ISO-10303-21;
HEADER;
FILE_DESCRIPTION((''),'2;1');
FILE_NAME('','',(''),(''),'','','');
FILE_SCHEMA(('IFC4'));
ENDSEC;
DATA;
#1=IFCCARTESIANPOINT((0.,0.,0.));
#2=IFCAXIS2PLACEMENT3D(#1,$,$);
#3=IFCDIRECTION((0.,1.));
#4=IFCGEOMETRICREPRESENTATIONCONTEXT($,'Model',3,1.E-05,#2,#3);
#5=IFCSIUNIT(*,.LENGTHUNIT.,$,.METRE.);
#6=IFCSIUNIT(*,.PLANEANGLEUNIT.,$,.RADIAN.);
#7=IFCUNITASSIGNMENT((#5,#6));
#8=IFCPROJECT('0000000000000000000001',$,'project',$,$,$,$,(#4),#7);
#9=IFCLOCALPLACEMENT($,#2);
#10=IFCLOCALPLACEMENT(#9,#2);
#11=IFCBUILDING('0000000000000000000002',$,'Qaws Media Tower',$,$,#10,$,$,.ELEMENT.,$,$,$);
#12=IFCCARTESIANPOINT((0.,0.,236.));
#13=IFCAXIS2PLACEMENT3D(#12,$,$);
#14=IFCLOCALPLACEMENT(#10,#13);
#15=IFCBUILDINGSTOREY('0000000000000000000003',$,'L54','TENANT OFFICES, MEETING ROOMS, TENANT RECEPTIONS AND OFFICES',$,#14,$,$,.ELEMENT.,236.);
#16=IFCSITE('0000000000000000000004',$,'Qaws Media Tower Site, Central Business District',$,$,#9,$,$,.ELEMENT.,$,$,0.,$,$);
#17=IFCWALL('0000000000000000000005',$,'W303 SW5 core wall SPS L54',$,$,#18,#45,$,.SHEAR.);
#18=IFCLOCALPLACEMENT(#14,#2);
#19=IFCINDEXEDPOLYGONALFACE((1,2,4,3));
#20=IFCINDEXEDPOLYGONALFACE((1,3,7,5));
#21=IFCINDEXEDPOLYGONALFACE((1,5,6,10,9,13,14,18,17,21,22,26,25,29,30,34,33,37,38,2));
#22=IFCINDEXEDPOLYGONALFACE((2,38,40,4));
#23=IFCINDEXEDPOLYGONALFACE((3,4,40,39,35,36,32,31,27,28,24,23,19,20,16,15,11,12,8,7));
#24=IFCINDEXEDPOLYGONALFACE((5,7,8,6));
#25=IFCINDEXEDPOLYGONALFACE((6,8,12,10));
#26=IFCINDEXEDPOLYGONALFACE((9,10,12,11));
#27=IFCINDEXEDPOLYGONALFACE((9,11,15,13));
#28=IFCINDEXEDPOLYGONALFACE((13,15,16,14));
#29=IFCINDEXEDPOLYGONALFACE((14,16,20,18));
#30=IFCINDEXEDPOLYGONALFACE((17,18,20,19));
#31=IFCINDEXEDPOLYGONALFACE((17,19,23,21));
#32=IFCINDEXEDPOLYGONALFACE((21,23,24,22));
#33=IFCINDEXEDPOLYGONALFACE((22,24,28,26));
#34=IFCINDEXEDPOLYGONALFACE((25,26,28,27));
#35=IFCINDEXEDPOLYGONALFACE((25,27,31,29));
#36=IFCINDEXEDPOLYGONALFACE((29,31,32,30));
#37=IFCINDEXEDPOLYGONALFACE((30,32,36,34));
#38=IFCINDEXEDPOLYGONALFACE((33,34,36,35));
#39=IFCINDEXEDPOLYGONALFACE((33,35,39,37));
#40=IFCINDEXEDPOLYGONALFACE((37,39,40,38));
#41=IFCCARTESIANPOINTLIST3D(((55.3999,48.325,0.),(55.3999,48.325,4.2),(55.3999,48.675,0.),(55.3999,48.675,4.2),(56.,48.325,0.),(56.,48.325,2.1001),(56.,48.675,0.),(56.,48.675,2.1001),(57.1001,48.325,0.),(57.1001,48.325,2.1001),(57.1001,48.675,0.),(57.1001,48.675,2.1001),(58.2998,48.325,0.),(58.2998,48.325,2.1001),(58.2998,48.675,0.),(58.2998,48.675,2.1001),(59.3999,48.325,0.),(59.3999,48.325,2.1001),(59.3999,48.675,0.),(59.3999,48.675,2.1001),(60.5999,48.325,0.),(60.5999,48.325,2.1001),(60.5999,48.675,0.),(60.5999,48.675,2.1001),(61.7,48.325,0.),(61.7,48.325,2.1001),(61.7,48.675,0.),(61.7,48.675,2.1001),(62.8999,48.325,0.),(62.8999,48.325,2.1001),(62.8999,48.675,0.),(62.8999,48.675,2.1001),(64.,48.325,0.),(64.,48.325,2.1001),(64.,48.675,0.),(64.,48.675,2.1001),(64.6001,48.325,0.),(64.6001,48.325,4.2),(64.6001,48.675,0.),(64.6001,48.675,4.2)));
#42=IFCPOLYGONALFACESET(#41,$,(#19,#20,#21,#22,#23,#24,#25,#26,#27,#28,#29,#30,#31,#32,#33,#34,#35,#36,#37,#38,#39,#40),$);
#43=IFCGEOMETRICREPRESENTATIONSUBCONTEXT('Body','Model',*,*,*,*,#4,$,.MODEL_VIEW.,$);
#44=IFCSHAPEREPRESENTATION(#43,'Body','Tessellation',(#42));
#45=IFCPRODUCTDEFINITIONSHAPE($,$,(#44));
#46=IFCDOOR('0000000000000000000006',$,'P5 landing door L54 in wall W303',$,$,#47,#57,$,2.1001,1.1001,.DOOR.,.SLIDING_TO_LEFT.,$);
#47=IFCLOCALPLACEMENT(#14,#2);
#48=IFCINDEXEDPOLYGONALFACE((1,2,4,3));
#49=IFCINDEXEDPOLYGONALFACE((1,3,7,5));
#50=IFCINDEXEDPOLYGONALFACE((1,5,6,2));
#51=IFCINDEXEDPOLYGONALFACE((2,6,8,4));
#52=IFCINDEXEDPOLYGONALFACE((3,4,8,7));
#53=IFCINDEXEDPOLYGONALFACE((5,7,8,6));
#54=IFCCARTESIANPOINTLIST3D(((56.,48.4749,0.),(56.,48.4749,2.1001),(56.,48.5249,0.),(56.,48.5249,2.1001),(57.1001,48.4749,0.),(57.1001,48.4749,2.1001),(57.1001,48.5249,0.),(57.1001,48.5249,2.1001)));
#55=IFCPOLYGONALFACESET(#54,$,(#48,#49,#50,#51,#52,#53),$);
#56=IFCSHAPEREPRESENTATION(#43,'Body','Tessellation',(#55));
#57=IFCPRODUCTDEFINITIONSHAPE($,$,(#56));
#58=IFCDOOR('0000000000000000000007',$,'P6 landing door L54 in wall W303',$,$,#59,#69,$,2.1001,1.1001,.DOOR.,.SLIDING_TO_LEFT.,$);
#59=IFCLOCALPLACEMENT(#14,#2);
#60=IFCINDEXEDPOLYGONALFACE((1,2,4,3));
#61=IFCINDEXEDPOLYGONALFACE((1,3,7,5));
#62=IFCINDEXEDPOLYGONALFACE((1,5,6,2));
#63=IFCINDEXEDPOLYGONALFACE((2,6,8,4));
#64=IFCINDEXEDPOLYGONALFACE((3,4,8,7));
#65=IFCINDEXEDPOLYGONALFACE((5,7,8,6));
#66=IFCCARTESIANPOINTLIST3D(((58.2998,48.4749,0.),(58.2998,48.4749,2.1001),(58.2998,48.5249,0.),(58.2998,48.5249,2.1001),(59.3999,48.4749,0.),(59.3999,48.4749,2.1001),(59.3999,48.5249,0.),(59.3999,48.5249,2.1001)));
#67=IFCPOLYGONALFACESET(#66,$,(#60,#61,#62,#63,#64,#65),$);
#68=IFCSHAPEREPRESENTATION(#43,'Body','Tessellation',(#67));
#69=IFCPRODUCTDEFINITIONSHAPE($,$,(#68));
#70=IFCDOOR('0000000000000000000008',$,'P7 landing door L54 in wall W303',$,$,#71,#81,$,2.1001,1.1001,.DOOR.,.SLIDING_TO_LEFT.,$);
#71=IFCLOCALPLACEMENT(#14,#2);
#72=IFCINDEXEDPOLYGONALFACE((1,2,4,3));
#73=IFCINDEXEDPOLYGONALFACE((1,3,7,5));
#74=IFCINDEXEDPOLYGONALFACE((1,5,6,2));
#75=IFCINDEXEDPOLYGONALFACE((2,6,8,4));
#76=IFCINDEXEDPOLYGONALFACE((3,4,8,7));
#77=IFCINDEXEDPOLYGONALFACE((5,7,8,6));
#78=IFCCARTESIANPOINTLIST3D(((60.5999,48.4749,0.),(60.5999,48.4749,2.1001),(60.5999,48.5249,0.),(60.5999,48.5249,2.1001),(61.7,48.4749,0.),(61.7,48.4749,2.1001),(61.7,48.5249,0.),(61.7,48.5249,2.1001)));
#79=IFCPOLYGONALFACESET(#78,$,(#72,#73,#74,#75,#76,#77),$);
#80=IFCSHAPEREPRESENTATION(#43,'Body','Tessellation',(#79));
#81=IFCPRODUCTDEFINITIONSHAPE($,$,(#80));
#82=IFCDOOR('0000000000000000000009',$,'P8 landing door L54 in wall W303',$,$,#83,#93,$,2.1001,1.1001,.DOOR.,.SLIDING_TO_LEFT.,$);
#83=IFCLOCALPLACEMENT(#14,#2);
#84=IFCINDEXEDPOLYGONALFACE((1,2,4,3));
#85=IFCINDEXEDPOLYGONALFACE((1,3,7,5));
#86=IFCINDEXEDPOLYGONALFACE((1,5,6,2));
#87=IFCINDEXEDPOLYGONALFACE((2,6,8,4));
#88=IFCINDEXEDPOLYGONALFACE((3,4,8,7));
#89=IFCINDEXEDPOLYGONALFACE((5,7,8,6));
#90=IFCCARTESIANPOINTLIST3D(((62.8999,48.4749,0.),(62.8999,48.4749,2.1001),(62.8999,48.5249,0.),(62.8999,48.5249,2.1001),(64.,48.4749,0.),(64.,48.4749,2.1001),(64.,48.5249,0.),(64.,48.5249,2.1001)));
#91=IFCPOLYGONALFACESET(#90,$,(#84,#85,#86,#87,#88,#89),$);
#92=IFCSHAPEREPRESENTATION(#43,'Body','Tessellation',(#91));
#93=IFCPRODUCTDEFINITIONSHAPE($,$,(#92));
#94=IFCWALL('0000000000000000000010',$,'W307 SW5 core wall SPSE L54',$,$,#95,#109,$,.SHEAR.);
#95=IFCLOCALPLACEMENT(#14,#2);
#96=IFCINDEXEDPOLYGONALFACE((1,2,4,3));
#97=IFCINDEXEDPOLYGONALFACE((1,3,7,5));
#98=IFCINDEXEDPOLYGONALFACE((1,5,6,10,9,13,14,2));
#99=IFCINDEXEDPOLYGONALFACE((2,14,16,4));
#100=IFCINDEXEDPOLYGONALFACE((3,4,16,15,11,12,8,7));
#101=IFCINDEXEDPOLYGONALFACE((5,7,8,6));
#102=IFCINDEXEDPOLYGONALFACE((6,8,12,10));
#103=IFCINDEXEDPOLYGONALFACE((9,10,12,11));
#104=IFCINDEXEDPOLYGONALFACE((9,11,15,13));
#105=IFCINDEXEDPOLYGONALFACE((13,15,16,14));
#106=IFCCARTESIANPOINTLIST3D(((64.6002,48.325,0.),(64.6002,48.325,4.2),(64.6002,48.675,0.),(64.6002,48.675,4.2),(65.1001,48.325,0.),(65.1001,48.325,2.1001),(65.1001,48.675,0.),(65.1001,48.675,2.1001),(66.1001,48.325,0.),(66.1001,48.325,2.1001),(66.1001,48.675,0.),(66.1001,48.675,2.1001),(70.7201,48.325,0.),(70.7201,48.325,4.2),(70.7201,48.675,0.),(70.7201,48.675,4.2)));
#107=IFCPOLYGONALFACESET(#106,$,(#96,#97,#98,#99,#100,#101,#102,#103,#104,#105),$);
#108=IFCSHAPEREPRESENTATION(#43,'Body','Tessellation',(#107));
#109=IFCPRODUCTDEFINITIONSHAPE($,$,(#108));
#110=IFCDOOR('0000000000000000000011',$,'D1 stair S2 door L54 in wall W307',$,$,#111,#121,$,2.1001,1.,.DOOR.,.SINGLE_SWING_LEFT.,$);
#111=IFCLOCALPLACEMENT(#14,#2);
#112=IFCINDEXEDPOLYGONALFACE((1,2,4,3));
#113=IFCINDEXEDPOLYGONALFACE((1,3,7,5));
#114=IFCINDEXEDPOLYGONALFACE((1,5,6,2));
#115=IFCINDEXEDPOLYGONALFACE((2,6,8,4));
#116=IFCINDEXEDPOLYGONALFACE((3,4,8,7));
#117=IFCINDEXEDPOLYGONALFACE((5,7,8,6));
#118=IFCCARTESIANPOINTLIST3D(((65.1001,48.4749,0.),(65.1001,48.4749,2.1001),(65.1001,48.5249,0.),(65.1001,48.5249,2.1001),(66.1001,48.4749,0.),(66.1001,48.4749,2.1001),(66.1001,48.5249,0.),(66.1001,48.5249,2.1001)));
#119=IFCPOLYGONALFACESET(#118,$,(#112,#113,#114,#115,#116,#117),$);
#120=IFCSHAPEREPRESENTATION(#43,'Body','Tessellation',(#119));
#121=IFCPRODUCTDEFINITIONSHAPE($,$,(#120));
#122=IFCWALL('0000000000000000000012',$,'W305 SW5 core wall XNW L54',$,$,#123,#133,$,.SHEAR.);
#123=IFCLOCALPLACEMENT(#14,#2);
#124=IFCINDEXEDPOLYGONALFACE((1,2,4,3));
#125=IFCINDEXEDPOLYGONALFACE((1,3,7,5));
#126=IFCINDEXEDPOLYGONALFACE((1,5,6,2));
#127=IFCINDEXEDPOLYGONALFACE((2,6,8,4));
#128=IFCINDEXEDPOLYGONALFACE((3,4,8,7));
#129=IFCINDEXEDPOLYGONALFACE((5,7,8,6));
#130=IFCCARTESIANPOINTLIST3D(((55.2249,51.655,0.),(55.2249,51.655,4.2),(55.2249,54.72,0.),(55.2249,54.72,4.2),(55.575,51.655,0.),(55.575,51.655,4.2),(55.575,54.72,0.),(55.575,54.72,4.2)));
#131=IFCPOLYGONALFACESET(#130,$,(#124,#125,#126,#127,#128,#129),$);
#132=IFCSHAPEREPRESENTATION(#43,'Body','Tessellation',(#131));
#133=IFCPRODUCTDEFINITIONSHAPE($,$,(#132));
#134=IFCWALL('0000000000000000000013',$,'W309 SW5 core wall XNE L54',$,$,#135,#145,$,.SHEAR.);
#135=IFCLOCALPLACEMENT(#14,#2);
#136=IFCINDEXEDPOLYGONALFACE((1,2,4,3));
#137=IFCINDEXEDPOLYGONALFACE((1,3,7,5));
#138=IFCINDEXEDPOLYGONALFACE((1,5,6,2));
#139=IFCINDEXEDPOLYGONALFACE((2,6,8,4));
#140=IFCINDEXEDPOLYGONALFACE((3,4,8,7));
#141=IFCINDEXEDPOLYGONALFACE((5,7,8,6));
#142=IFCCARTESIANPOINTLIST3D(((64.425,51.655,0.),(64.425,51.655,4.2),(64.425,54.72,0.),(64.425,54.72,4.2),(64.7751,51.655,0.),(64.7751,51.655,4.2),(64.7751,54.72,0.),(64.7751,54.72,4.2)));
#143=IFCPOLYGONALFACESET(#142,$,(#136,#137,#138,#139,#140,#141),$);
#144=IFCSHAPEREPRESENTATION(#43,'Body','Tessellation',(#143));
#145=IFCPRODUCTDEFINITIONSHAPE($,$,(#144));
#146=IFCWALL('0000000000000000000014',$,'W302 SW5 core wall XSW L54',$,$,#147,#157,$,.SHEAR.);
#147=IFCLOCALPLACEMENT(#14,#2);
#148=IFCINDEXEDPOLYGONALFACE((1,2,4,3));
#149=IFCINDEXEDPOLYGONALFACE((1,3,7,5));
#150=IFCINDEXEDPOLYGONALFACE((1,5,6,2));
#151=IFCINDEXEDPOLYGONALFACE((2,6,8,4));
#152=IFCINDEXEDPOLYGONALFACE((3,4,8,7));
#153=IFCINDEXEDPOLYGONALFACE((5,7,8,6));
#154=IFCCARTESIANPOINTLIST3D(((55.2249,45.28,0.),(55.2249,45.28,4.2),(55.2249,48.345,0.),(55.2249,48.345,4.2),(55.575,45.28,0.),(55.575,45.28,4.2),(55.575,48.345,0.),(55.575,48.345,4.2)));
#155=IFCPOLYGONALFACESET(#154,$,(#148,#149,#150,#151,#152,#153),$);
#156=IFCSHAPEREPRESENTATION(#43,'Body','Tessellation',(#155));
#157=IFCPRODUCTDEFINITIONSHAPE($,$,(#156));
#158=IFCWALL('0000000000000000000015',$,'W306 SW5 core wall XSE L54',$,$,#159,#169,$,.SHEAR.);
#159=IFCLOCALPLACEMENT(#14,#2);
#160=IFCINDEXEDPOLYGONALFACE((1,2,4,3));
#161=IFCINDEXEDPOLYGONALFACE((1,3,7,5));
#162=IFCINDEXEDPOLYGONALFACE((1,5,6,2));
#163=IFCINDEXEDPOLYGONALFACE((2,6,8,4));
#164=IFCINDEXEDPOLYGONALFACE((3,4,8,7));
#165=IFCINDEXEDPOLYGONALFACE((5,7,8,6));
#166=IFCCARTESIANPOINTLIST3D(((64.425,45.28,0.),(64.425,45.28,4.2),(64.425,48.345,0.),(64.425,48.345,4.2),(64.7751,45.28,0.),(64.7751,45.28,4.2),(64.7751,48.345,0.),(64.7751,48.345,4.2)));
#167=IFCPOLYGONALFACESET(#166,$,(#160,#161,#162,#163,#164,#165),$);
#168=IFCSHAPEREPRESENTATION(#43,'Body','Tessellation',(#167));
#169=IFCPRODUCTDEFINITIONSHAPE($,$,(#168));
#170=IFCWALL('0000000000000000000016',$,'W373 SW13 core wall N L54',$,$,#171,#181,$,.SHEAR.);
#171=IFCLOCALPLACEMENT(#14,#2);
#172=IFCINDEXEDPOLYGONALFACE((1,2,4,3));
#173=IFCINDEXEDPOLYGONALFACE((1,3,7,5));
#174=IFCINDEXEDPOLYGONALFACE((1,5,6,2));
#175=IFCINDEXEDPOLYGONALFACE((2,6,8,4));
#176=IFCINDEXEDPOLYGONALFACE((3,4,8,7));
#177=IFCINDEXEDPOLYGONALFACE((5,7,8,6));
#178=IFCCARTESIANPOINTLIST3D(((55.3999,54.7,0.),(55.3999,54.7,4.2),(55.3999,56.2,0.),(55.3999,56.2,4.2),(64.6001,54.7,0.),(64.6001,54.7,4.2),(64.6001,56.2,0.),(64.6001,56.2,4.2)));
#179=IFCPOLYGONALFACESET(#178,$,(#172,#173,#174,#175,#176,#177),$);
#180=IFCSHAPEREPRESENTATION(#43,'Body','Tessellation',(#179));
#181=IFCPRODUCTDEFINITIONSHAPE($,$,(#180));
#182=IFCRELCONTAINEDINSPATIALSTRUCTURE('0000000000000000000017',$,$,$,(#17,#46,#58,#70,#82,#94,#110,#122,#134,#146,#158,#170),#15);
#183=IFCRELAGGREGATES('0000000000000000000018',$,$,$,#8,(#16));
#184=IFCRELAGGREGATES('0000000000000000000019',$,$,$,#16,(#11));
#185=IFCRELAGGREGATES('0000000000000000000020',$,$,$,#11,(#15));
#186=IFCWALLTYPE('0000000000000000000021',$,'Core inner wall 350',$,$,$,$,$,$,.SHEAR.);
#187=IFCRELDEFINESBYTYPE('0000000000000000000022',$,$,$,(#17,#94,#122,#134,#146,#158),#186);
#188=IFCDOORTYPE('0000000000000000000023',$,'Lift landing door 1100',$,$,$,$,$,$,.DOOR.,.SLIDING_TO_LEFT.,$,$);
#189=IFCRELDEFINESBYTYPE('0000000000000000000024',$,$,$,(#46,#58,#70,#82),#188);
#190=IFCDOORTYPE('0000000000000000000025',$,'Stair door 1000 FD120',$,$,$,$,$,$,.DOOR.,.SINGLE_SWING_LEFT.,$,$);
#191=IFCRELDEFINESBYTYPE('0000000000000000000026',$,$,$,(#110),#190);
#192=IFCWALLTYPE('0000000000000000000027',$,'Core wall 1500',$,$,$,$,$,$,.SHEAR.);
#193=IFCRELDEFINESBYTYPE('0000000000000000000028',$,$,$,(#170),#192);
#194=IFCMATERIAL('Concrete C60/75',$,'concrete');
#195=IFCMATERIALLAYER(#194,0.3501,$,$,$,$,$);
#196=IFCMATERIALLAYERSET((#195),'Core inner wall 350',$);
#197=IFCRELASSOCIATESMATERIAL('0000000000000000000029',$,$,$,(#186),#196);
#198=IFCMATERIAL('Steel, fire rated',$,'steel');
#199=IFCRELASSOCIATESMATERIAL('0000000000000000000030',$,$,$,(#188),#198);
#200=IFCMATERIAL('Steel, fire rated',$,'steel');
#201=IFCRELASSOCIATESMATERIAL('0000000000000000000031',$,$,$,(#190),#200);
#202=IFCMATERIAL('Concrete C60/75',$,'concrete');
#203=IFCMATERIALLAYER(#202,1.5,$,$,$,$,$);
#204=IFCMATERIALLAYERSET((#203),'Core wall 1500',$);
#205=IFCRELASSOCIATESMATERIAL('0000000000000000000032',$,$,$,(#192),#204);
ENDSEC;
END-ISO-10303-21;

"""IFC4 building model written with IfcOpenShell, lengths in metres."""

from ifc_helpers import new_model, si_unit, direction, frame, frame_2d, origin, place, context, subcontext, project, spatial, rectangle, extrude, material, layer, layer_set, type_object, element, fill, save


model = new_model("IFC4")

# Units and contexts
model_context = context("Model", 3, precision=1e-05, world=origin(), true_north=direction((0.0, 1.0)))
body_context = subcontext(model_context, "Body", "Model", "MODEL_VIEW")
ifc_project = project(units=[si_unit("LENGTHUNIT", "METRE"), si_unit("PLANEANGLEUNIT", "RADIAN")], contexts=[model_context])

# Site, building, storey
site_placement = place(None, origin())
site = spatial("IfcSite", under=ifc_project, at=site_placement, Name="Qaws Media Tower Site, Central Business District", CompositionType="ELEMENT", RefElevation=0.0)
building_placement = place(site_placement, origin())
building = spatial("IfcBuilding", under=site, at=building_placement, Name="Qaws Media Tower", CompositionType="ELEMENT")
storey_placement = place(building_placement, frame((0.0, 0.0, 236.0)))
storey = spatial("IfcBuildingStorey", under=building, at=storey_placement, Name="L54", Description="TENANT OFFICES, MEETING ROOMS, TENANT RECEPTIONS AND OFFICES", CompositionType="ELEMENT", Elevation=236.0)

# Wall, openings, doors
ifc_material_1 = material(Name="Concrete C60/75", Category="concrete")
ifc_layer_1 = layer(ifc_material_1, 0.3501)
ifc_layer_set_1 = layer_set([ifc_layer_1], Name="Core inner wall 350")
wall_type_1 = type_object("IfcWallType", Name="Core inner wall 350", PredefinedType="SHEAR", material=ifc_layer_set_1)
wall_1_placement = place(storey_placement, frame((55.3999, 48.5, 0.0), z_axis=(0.0, 0.0, 1.0), x_axis=(1.0, 0.0, 0.0)))
wall_1 = element("IfcWall", 1, at=wall_1_placement, inside=storey, type_object=wall_type_1, Name="W303 SW5 core wall SPS L54", PredefinedType="SHEAR", context=body_context, shape_type="SweptSolid", body=[
    extrude(rectangle(XDim=9.2002, YDim=0.3501, at=frame_2d((4.6001, 0.0))), origin(), (0.0, 0.0, 1.0), 4.2),
])
opening_1_placement = place(wall_1_placement, frame((0.6001, 0.0, 0.0)))
opening_1 = element("IfcOpeningElement", 2, at=opening_1_placement, cuts=wall_1, PredefinedType="OPENING", context=body_context, shape_type="SweptSolid", body=[
    extrude(rectangle(XDim=1.1001, YDim=2.1001, at=frame_2d((0.55, 1.05))), frame((0.0, 0.1851, 0.0), z_axis=(0.0, -1.0, 0.0), x_axis=(1.0, 0.0, 0.0)), (0.0, 0.0, 1.0), 0.3701),
])
opening_2_placement = place(wall_1_placement, frame((2.8999, 0.0, 0.0)))
opening_2 = element("IfcOpeningElement", 3, at=opening_2_placement, cuts=wall_1, PredefinedType="OPENING", context=body_context, shape_type="SweptSolid", body=[
    extrude(rectangle(XDim=1.1001, YDim=2.1001, at=frame_2d((0.55, 1.05))), frame((0.0, 0.1851, 0.0), z_axis=(0.0, -1.0, 0.0), x_axis=(1.0, 0.0, 0.0)), (0.0, 0.0, 1.0), 0.3701),
])
opening_3_placement = place(wall_1_placement, frame((5.2, 0.0, 0.0)))
opening_3 = element("IfcOpeningElement", 4, at=opening_3_placement, cuts=wall_1, PredefinedType="OPENING", context=body_context, shape_type="SweptSolid", body=[
    extrude(rectangle(XDim=1.1001, YDim=2.1001, at=frame_2d((0.55, 1.05))), frame((0.0, 0.1851, 0.0), z_axis=(0.0, -1.0, 0.0), x_axis=(1.0, 0.0, 0.0)), (0.0, 0.0, 1.0), 0.3701),
])
opening_4_placement = place(wall_1_placement, frame((7.5, 0.0, 0.0)))
opening_4 = element("IfcOpeningElement", 5, at=opening_4_placement, cuts=wall_1, PredefinedType="OPENING", context=body_context, shape_type="SweptSolid", body=[
    extrude(rectangle(XDim=1.1001, YDim=2.1001, at=frame_2d((0.55, 1.05))), frame((0.0, 0.1851, 0.0), z_axis=(0.0, -1.0, 0.0), x_axis=(1.0, 0.0, 0.0)), (0.0, 0.0, 1.0), 0.3701),
])
ifc_material_2 = material(Name="Steel, fire rated", Category="steel")
door_type_1 = type_object("IfcDoorType", Name="Lift landing door 1100", OperationType="SLIDING_TO_LEFT", PredefinedType="DOOR", material=ifc_material_2)
door_1_placement = place(opening_1_placement, origin())
door_1 = element("IfcDoor", 6, at=door_1_placement, inside=storey, type_object=door_type_1, Name="P5 landing door L54 in wall W303", OperationType="SLIDING_TO_LEFT", OverallHeight=2.1001, OverallWidth=1.1001, PredefinedType="DOOR", context=body_context, shape_type="SweptSolid", body=[
    extrude(rectangle(XDim=1.1001, YDim=2.1001, at=frame_2d((0.55, 1.05))), frame((0.0, 0.0249, 0.0), z_axis=(0.0, -1.0, 0.0), x_axis=(1.0, 0.0, 0.0)), (0.0, 0.0, 1.0), 0.05),
])
fill(opening_1, door_1)
door_2_placement = place(opening_2_placement, origin())
door_2 = element("IfcDoor", 7, at=door_2_placement, inside=storey, type_object=door_type_1, Name="P6 landing door L54 in wall W303", OperationType="SLIDING_TO_LEFT", OverallHeight=2.1001, OverallWidth=1.1001, PredefinedType="DOOR", context=body_context, shape_type="SweptSolid", body=[
    extrude(rectangle(XDim=1.1001, YDim=2.1001, at=frame_2d((0.55, 1.05))), frame((0.0, 0.0249, 0.0), z_axis=(0.0, -1.0, 0.0), x_axis=(1.0, 0.0, 0.0)), (0.0, 0.0, 1.0), 0.05),
])
fill(opening_2, door_2)
door_3_placement = place(opening_3_placement, origin())
door_3 = element("IfcDoor", 8, at=door_3_placement, inside=storey, type_object=door_type_1, Name="P7 landing door L54 in wall W303", OperationType="SLIDING_TO_LEFT", OverallHeight=2.1001, OverallWidth=1.1001, PredefinedType="DOOR", context=body_context, shape_type="SweptSolid", body=[
    extrude(rectangle(XDim=1.1001, YDim=2.1001, at=frame_2d((0.55, 1.05))), frame((0.0, 0.0249, 0.0), z_axis=(0.0, -1.0, 0.0), x_axis=(1.0, 0.0, 0.0)), (0.0, 0.0, 1.0), 0.05),
])
fill(opening_3, door_3)
door_4_placement = place(opening_4_placement, origin())
door_4 = element("IfcDoor", 9, at=door_4_placement, inside=storey, type_object=door_type_1, Name="P8 landing door L54 in wall W303", OperationType="SLIDING_TO_LEFT", OverallHeight=2.1001, OverallWidth=1.1001, PredefinedType="DOOR", context=body_context, shape_type="SweptSolid", body=[
    extrude(rectangle(XDim=1.1001, YDim=2.1001, at=frame_2d((0.55, 1.05))), frame((0.0, 0.0249, 0.0), z_axis=(0.0, -1.0, 0.0), x_axis=(1.0, 0.0, 0.0)), (0.0, 0.0, 1.0), 0.05),
])
fill(opening_4, door_4)

# Wall, opening, door
wall_2_placement = place(storey_placement, frame((64.6001, 48.5, 0.0), z_axis=(0.0, 0.0, 1.0), x_axis=(1.0, 0.0, 0.0)))
wall_2 = element("IfcWall", 10, at=wall_2_placement, inside=storey, type_object=wall_type_1, Name="W307 SW5 core wall SPSE L54", PredefinedType="SHEAR", context=body_context, shape_type="SweptSolid", body=[
    extrude(rectangle(XDim=6.1199, YDim=0.3501, at=frame_2d((3.0601, 0.0))), origin(), (0.0, 0.0, 1.0), 4.2),
])
opening_5_placement = place(wall_2_placement, frame((0.5, 0.0, 0.0)))
opening_5 = element("IfcOpeningElement", 11, at=opening_5_placement, cuts=wall_2, PredefinedType="OPENING", context=body_context, shape_type="SweptSolid", body=[
    extrude(rectangle(XDim=1.0, YDim=2.1001, at=frame_2d((0.5, 1.05))), frame((0.0, 0.1851, 0.0), z_axis=(0.0, -1.0, 0.0), x_axis=(1.0, 0.0, 0.0)), (0.0, 0.0, 1.0), 0.3701),
])
ifc_material_3 = material(Name="Steel, fire rated", Category="steel")
door_type_2 = type_object("IfcDoorType", Name="Stair door 1000 FD120", OperationType="SINGLE_SWING_LEFT", PredefinedType="DOOR", material=ifc_material_3)
door_5_placement = place(opening_5_placement, origin())
door_5 = element("IfcDoor", 12, at=door_5_placement, inside=storey, type_object=door_type_2, Name="D1 stair S2 door L54 in wall W307", OperationType="SINGLE_SWING_LEFT", OverallHeight=2.1001, OverallWidth=1.0, PredefinedType="DOOR", context=body_context, shape_type="SweptSolid", body=[
    extrude(rectangle(XDim=1.0, YDim=2.1001, at=frame_2d((0.5, 1.05))), frame((0.0, 0.0249, 0.0), z_axis=(0.0, -1.0, 0.0), x_axis=(1.0, 0.0, 0.0)), (0.0, 0.0, 1.0), 0.05),
])
fill(opening_5, door_5)

# Walls
for number, where, z_axis, x_axis, name in (
    (13, (55.3999, 51.655, 0.0), (0.0, 0.0, 1.0), (0.0, 1.0, 0.0), "W305 SW5 core wall XNW L54"),
    (14, (64.6001, 51.655, 0.0), (0.0, 0.0, 1.0), (0.0, 1.0, 0.0), "W309 SW5 core wall XNE L54"),
    (15, (55.3999, 48.345, 0.0), (0.0, 0.0, 1.0), (0.0, -1.0, 0.0), "W302 SW5 core wall XSW L54"),
    (16, (64.6001, 48.345, 0.0), (0.0, 0.0, 1.0), (0.0, -1.0, 0.0), "W306 SW5 core wall XSE L54"),
):
    element("IfcWall", number, at=place(storey_placement, frame(where, z_axis=z_axis, x_axis=x_axis)), inside=storey, type_object=wall_type_1, Name=name, PredefinedType="SHEAR", context=body_context, shape_type="SweptSolid", body=[
        extrude(rectangle(XDim=3.0649, YDim=0.3501, at=frame_2d((1.5325, 0.0))), origin(), (0.0, 0.0, 1.0), 4.2),
    ])
ifc_material_4 = material(Name="Concrete C60/75", Category="concrete")
ifc_layer_2 = layer(ifc_material_4, 1.5)
ifc_layer_set_2 = layer_set([ifc_layer_2], Name="Core wall 1500")
wall_type_2 = type_object("IfcWallType", Name="Core wall 1500", PredefinedType="SHEAR", material=ifc_layer_set_2)
wall_3_placement = place(storey_placement, frame((55.3999, 55.45, 0.0), z_axis=(0.0, 0.0, 1.0), x_axis=(1.0, 0.0, 0.0)))
element("IfcWall", 17, at=wall_3_placement, inside=storey, type_object=wall_type_2, Name="W373 SW13 core wall N L54", PredefinedType="SHEAR", context=body_context, shape_type="SweptSolid", body=[
    extrude(rectangle(XDim=9.2002, YDim=1.5, at=frame_2d((4.6001, 0.0))), origin(), (0.0, 0.0, 1.0), 4.2),
])

save(model, "model.ifc")
